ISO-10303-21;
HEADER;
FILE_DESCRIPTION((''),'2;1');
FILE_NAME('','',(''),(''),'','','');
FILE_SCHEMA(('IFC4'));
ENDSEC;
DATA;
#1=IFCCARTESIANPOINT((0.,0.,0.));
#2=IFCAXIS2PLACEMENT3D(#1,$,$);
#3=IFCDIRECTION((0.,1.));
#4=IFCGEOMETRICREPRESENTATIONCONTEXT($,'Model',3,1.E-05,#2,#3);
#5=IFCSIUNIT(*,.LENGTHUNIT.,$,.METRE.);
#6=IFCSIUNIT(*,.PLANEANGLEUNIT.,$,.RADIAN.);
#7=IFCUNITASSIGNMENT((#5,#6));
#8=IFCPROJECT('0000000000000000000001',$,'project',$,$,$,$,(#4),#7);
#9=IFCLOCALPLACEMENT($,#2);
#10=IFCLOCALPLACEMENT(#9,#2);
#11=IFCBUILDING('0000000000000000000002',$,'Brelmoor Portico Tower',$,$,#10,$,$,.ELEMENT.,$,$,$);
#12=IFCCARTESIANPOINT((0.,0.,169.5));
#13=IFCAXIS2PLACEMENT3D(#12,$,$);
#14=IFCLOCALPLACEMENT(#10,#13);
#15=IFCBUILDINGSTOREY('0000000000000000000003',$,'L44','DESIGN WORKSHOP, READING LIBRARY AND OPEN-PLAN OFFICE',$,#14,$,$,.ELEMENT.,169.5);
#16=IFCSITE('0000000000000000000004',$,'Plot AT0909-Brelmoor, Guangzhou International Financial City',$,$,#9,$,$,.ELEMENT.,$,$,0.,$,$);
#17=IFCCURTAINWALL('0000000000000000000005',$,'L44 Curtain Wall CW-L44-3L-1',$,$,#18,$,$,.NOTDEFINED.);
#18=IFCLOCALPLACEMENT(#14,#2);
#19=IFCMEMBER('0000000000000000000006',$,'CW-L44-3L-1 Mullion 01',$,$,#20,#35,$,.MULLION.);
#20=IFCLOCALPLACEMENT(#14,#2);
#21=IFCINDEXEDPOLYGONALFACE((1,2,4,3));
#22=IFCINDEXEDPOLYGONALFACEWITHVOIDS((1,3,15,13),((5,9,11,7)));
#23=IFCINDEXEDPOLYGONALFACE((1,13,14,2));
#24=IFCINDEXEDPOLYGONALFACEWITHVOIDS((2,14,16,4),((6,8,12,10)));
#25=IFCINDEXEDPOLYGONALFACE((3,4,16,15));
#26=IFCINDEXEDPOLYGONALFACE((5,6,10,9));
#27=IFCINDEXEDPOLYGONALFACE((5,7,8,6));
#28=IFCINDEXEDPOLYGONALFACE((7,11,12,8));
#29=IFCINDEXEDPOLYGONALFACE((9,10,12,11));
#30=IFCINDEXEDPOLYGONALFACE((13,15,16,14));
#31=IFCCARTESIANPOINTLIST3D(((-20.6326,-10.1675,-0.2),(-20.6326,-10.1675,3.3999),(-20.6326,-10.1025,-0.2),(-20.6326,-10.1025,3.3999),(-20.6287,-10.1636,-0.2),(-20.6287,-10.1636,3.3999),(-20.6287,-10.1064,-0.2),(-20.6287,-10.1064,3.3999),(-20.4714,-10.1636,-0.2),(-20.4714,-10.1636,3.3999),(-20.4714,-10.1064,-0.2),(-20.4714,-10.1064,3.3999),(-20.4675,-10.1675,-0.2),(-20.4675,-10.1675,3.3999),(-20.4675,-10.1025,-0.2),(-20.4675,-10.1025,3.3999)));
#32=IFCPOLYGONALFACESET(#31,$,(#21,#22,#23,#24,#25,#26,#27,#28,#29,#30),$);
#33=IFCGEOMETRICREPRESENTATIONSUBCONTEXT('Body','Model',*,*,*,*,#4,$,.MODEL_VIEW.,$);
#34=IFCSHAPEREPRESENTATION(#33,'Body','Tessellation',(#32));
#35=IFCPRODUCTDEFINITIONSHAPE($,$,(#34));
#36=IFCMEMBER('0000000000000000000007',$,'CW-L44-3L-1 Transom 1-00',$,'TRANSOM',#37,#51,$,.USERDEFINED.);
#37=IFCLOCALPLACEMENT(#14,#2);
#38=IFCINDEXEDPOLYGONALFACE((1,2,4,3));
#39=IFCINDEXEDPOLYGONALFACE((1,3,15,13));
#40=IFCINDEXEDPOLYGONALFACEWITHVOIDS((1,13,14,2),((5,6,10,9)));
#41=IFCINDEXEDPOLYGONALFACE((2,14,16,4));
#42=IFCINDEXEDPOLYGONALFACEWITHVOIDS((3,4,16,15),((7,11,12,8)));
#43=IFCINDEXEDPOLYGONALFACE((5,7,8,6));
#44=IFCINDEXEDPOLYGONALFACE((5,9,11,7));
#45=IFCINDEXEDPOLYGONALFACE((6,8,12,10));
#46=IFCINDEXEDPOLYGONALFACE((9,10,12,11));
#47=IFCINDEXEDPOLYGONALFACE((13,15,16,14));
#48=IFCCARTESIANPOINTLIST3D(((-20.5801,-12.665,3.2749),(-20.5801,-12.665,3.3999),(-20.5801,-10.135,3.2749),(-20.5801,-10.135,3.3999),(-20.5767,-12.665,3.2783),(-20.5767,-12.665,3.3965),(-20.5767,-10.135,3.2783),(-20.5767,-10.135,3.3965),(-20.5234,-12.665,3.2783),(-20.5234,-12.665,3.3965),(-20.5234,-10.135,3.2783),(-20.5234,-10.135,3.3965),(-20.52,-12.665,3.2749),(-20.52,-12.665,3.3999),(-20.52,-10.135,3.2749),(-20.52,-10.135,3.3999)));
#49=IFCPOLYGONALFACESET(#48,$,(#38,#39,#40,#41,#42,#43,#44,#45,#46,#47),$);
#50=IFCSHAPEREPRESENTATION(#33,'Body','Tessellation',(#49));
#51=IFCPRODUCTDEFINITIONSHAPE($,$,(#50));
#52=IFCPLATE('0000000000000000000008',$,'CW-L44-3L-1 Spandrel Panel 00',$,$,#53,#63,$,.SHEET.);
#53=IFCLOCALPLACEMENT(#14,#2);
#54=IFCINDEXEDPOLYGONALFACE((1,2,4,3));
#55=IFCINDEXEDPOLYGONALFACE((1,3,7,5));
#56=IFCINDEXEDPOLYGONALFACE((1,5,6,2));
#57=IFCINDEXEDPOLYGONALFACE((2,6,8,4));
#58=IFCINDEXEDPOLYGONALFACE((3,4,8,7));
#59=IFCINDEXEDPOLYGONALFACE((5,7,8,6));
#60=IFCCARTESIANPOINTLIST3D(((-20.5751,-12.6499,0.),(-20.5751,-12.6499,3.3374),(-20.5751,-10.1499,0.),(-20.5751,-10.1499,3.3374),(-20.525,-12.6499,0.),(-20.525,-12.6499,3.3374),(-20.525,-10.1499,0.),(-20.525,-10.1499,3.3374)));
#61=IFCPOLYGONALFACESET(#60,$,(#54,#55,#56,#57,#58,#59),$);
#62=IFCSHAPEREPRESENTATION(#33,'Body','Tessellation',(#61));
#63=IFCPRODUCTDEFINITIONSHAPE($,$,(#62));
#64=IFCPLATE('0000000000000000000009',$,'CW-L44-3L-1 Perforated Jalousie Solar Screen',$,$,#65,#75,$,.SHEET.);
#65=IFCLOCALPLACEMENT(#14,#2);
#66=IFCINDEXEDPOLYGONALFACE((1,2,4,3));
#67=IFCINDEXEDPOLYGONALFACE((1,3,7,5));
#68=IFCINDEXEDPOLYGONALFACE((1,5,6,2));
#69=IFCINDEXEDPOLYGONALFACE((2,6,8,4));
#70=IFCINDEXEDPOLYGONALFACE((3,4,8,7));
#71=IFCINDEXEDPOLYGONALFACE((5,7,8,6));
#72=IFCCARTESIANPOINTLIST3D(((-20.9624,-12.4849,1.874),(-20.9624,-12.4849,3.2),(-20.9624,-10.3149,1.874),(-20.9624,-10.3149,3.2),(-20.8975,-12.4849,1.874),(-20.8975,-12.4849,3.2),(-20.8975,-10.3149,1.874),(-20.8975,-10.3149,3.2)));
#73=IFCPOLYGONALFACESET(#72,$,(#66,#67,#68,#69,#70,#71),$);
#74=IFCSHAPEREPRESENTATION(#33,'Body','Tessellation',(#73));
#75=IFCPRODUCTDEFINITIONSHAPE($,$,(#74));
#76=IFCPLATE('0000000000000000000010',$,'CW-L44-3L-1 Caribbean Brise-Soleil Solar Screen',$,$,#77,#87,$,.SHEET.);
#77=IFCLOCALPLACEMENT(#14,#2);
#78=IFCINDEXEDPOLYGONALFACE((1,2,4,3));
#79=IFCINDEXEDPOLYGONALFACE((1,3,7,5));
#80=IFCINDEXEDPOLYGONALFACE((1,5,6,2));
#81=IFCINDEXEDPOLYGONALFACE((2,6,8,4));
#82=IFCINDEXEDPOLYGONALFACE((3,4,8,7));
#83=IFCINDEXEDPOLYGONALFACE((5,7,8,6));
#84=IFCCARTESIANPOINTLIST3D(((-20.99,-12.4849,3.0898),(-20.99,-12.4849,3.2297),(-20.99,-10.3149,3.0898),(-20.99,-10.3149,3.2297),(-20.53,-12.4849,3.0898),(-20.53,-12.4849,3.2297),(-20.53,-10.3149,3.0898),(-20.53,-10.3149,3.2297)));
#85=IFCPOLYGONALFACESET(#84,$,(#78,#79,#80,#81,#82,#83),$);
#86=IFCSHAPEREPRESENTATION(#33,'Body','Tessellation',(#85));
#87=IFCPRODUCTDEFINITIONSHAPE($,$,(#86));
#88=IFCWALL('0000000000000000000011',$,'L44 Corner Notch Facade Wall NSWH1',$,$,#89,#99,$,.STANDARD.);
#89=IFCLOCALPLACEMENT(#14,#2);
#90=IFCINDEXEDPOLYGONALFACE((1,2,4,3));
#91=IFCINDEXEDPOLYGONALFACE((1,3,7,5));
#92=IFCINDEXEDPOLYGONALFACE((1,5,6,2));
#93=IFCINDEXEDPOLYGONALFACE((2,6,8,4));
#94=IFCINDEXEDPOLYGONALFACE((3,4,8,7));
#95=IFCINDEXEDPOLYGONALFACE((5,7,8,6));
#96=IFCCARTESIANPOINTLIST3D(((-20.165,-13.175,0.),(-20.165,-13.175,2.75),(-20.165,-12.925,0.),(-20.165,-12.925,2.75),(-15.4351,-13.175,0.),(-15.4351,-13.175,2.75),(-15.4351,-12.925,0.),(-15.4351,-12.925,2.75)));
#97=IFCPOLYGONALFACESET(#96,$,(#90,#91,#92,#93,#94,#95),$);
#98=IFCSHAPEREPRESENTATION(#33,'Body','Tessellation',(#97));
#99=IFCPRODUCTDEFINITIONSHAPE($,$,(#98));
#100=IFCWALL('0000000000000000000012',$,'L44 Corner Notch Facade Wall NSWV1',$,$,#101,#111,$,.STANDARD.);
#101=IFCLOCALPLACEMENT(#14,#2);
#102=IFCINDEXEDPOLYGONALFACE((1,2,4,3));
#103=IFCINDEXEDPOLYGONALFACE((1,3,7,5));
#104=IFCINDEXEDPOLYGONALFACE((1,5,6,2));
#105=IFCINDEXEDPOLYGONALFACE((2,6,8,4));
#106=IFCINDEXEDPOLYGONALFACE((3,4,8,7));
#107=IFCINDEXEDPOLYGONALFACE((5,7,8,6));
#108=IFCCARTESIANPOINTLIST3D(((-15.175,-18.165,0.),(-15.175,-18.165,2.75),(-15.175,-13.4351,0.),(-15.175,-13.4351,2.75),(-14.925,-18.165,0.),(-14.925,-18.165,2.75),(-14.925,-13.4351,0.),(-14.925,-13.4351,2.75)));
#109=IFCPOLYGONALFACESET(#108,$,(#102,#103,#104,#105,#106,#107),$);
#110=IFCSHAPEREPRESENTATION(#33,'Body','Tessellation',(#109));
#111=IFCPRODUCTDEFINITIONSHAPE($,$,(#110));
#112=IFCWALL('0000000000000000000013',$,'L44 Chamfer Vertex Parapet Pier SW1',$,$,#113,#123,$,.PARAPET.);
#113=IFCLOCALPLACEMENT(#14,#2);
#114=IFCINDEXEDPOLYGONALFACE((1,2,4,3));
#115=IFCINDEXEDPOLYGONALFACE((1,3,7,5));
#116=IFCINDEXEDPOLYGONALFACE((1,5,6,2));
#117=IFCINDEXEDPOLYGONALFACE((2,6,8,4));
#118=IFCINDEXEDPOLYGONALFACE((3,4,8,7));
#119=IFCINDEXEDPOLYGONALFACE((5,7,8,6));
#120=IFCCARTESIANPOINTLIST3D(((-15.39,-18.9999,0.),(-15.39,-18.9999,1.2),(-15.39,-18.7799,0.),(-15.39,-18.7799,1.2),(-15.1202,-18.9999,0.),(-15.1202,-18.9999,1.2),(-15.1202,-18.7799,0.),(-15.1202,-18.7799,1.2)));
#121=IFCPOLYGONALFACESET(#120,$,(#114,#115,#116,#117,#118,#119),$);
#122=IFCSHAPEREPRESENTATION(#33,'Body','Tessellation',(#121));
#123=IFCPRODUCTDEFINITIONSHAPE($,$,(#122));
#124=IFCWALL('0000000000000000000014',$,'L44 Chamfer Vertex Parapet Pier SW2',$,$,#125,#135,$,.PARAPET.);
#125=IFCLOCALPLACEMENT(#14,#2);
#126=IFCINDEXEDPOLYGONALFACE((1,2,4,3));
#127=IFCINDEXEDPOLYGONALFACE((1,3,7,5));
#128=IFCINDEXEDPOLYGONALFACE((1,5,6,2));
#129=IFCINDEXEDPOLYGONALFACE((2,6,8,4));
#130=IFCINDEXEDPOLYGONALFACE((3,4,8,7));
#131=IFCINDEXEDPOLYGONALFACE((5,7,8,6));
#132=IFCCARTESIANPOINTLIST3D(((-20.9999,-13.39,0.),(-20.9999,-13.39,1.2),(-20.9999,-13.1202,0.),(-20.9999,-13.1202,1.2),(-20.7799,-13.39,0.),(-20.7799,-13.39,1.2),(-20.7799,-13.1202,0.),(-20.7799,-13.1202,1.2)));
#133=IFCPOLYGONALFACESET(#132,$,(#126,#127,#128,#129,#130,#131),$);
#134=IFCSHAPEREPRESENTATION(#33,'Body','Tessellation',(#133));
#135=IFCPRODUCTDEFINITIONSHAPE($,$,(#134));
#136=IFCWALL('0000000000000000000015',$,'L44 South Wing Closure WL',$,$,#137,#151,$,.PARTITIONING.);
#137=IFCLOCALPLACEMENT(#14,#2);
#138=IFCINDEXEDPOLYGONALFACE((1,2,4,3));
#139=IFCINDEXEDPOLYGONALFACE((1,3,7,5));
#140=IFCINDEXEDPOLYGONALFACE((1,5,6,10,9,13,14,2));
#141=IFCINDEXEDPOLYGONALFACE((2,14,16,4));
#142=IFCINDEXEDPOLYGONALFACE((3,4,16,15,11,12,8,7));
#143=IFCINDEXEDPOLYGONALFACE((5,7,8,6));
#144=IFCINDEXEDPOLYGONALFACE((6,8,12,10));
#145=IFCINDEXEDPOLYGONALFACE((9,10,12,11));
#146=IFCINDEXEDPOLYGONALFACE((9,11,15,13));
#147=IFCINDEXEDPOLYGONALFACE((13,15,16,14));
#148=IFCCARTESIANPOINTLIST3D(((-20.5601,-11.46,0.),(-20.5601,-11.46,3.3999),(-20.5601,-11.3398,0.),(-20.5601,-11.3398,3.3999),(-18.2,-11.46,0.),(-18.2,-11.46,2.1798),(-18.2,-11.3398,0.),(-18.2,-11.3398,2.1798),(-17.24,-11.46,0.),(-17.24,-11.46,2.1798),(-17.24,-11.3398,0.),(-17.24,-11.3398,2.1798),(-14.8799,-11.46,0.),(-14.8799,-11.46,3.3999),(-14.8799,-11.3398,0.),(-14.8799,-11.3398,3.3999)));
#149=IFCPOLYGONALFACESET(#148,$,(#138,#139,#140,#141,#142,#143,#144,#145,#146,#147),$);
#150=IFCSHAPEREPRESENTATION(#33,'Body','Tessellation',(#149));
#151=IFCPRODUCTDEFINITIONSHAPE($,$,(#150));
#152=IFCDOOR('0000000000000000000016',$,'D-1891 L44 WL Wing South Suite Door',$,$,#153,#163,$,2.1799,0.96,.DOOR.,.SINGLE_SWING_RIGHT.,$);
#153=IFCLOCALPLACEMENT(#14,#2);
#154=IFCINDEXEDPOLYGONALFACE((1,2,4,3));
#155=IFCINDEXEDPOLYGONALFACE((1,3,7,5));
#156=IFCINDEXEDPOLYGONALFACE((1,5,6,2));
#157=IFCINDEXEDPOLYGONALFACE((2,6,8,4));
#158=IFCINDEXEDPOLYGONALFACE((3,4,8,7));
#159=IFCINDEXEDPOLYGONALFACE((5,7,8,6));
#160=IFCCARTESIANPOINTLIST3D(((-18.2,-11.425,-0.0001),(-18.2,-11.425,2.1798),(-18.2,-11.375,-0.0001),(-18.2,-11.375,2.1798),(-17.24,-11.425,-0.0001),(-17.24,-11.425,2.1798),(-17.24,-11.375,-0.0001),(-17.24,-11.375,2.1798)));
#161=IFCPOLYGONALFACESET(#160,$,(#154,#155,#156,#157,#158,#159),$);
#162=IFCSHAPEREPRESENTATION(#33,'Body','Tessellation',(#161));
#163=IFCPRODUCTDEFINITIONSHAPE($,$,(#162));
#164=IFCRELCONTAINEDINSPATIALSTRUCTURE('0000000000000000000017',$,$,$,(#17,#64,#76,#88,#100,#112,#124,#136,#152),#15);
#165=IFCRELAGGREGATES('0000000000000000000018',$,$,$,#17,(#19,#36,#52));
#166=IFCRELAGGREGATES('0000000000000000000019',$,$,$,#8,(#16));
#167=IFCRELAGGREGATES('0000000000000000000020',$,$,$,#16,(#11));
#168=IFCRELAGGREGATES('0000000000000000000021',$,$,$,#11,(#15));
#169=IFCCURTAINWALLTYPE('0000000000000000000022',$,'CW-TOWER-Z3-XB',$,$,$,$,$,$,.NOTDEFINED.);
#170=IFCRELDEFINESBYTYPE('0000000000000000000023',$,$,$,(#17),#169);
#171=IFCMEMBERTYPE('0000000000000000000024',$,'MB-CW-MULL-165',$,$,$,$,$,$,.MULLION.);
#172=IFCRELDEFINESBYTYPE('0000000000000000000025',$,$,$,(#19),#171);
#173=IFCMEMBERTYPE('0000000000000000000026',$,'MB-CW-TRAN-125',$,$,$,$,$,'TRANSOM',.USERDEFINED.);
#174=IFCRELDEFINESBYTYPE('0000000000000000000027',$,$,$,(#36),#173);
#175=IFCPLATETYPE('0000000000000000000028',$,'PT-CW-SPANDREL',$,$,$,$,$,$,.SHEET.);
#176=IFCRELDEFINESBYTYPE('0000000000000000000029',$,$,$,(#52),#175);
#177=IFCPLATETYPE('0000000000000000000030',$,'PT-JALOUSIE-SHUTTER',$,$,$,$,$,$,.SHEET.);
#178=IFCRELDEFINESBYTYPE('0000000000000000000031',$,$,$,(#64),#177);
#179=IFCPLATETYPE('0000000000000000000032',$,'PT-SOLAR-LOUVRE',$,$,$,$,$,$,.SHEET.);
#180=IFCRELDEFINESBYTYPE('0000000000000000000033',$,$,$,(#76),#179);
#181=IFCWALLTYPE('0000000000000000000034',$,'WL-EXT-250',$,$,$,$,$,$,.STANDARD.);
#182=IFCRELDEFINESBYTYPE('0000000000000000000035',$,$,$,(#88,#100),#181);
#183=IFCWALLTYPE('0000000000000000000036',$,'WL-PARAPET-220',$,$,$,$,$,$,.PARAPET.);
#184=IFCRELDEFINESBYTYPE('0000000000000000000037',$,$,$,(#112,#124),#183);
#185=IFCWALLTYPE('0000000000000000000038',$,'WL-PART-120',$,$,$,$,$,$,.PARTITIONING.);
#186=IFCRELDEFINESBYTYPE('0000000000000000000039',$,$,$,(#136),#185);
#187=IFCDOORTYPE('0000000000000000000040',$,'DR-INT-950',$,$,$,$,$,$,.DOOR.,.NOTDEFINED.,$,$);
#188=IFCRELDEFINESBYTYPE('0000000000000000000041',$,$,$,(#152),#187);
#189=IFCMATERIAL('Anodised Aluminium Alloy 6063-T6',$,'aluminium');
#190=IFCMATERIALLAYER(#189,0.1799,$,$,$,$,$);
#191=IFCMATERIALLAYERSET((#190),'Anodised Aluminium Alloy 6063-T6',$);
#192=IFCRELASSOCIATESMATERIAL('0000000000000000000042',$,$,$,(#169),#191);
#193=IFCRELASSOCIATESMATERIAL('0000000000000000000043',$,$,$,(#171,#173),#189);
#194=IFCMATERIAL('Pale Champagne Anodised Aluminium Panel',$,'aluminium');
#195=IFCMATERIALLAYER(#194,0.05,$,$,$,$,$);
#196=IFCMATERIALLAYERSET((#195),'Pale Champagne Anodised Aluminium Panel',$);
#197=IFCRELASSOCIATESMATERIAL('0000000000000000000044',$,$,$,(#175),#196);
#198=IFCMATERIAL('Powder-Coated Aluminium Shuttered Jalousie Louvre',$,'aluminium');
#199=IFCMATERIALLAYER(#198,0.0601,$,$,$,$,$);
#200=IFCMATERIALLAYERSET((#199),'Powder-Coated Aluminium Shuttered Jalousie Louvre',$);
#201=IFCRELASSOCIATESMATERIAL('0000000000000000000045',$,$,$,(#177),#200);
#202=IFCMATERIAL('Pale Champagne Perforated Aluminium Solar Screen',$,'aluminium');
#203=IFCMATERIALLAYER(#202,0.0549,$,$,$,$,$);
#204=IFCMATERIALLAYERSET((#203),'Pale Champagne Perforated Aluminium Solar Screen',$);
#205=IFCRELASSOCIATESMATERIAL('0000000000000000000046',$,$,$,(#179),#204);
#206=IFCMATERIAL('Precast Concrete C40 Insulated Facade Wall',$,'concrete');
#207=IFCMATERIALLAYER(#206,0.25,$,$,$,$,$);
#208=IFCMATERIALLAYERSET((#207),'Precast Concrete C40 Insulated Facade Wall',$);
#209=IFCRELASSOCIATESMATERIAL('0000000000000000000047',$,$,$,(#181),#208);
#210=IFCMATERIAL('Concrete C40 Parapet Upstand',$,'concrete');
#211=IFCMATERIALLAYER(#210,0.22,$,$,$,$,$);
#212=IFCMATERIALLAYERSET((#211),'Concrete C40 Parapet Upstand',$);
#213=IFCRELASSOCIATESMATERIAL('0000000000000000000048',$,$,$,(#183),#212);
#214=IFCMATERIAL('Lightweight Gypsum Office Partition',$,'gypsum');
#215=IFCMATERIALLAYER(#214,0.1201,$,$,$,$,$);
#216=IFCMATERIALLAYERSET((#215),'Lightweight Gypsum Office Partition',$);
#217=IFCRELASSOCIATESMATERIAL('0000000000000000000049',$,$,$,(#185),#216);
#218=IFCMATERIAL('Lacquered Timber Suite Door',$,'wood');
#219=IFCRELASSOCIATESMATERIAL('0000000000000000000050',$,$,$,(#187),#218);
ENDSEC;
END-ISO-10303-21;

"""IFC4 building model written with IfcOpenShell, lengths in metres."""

from ifc_helpers import new_model, si_unit, direction, frame, frame_2d, origin, origin_2d, place, context, subcontext, project, spatial, rectangle, hollow_rectangle, extrude, material, layer, layer_set, material_profile, profile_set, type_object, element, fill, aggregate, save


model = new_model("IFC4")

# Units and contexts
model_context = context("Model", 3, precision=1e-05, world=origin(), true_north=direction((0.0, 1.0)))
body_context = subcontext(model_context, "Body", "Model", "MODEL_VIEW")
ifc_project = project(units=[si_unit("LENGTHUNIT", "METRE"), si_unit("PLANEANGLEUNIT", "RADIAN")], contexts=[model_context])

# Site, building, storey
site_placement = place(None, origin())
site = spatial("IfcSite", under=ifc_project, at=site_placement, Name="Plot AT0909-Brelmoor, Guangzhou International Financial City", CompositionType="ELEMENT", RefElevation=0.0)
building_placement = place(site_placement, origin())
building = spatial("IfcBuilding", under=site, at=building_placement, Name="Brelmoor Portico Tower", CompositionType="ELEMENT")
storey_placement = place(building_placement, frame((0.0, 0.0, 169.5)))
storey = spatial("IfcBuildingStorey", under=building, at=storey_placement, Name="L44", Description="DESIGN WORKSHOP, READING LIBRARY AND OPEN-PLAN OFFICE", CompositionType="ELEMENT", Elevation=169.5)

# Shared definitions
ifc_material_1 = material(Name="Anodised Aluminium Alloy 6063-T6", Category="aluminium")
ifc_layer_1 = layer(ifc_material_1, 0.1799)
ifc_layer_set_1 = layer_set([ifc_layer_1], Name="Anodised Aluminium Alloy 6063-T6")
curtain_wall_type = type_object("IfcCurtainWallType", Name="CW-TOWER-Z3-XB", PredefinedType="NOTDEFINED", material=ifc_layer_set_1)
ifc_material_profile_1 = material_profile(ifc_material_1, hollow_rectangle(XDim=0.0649, YDim=0.165, WallThickness=0.0039, at=origin_2d()), Name="ALU MULLION 65x165")
ifc_profile_set_1 = profile_set([ifc_material_profile_1], Name="Anodised Aluminium Alloy 6063-T6")
member_type_1 = type_object("IfcMemberType", Name="MB-CW-MULL-165", PredefinedType="MULLION", material=ifc_profile_set_1)

# Curtain wall, members, plate
curtain_wall_1_placement = place(storey_placement, origin())
curtain_wall_1 = element("IfcCurtainWall", 1, at=curtain_wall_1_placement, inside=storey, type_object=curtain_wall_type, Name="L44 Curtain Wall CW-L44-3L-1", PredefinedType="NOTDEFINED")
member_1_placement = place(storey_placement, frame((-20.55, -10.135, -0.2), z_axis=(0.0, 0.0, 1.0), x_axis=(0.0, 1.0, 0.0)))
member_1 = element("IfcMember", 2, at=member_1_placement, type_object=member_type_1, Name="CW-L44-3L-1 Mullion 01", PredefinedType="MULLION", context=body_context, shape_type="SweptSolid", body=[
    extrude(hollow_rectangle(XDim=0.0649, YDim=0.165, WallThickness=0.0039, at=origin_2d()), origin(), (0.0, 0.0, 1.0), 3.5999),
])
ifc_material_profile_2 = material_profile(ifc_material_1, hollow_rectangle(XDim=0.0601, YDim=0.125, WallThickness=0.0034, at=origin_2d()), Name="ALU TRANSOM 60x125")
ifc_profile_set_2 = profile_set([ifc_material_profile_2], Name="Anodised Aluminium Alloy 6063-T6")
member_type_2 = type_object("IfcMemberType", Name="MB-CW-TRAN-125", ElementType="TRANSOM", PredefinedType="USERDEFINED", material=ifc_profile_set_2)
member_2_placement = place(storey_placement, frame((-20.55, -12.665, 3.3374), z_axis=(0.0, 1.0, 0.0), x_axis=(-1.0, 0.0, 0.0)))
member_2 = element("IfcMember", 3, at=member_2_placement, type_object=member_type_2, Name="CW-L44-3L-1 Transom 1-00", ObjectType="TRANSOM", PredefinedType="USERDEFINED", context=body_context, shape_type="SweptSolid", body=[
    extrude(hollow_rectangle(XDim=0.0601, YDim=0.125, WallThickness=0.0034, at=origin_2d()), origin(), (0.0, 0.0, 1.0), 2.53),
])
ifc_material_2 = material(Name="Pale Champagne Anodised Aluminium Panel", Category="aluminium")
ifc_layer_2 = layer(ifc_material_2, 0.05)
ifc_layer_set_2 = layer_set([ifc_layer_2], Name="Pale Champagne Anodised Aluminium Panel")
plate_type_1 = type_object("IfcPlateType", Name="PT-CW-SPANDREL", PredefinedType="SHEET", material=ifc_layer_set_2)
plate_1_placement = place(storey_placement, frame((-20.55, -11.3999, 0.0), z_axis=(0.0, 0.0, 1.0), x_axis=(0.0, 1.0, 0.0)))
plate_1 = element("IfcPlate", 4, at=plate_1_placement, type_object=plate_type_1, Name="CW-L44-3L-1 Spandrel Panel 00", PredefinedType="SHEET", context=body_context, shape_type="SweptSolid", body=[
    extrude(rectangle(XDim=2.5, YDim=0.05, at=origin_2d()), origin(), (0.0, 0.0, 1.0), 3.3374),
])
aggregate(curtain_wall_1, [member_1, member_2, plate_1])

# Plates
ifc_material_3 = material(Name="Powder-Coated Aluminium Shuttered Jalousie Louvre", Category="aluminium")
ifc_layer_3 = layer(ifc_material_3, 0.0601)
ifc_layer_set_3 = layer_set([ifc_layer_3], Name="Powder-Coated Aluminium Shuttered Jalousie Louvre")
plate_type_2 = type_object("IfcPlateType", Name="PT-JALOUSIE-SHUTTER", PredefinedType="SHEET", material=ifc_layer_set_3)
plate_2_placement = place(storey_placement, frame((-20.9299, -11.3999, 1.874), z_axis=(0.0, 0.0, 1.0), x_axis=(0.0, 1.0, 0.0)))
element("IfcPlate", 5, at=plate_2_placement, inside=storey, type_object=plate_type_2, Name="CW-L44-3L-1 Perforated Jalousie Solar Screen", PredefinedType="SHEET", context=body_context, shape_type="SweptSolid", body=[
    extrude(rectangle(XDim=2.1699, YDim=0.0649, at=origin_2d()), origin(), (0.0, 0.0, 1.0), 1.3259),
])
ifc_material_4 = material(Name="Pale Champagne Perforated Aluminium Solar Screen", Category="aluminium")
ifc_layer_4 = layer(ifc_material_4, 0.0549)
ifc_layer_set_4 = layer_set([ifc_layer_4], Name="Pale Champagne Perforated Aluminium Solar Screen")
plate_type_3 = type_object("IfcPlateType", Name="PT-SOLAR-LOUVRE", PredefinedType="SHEET", material=ifc_layer_set_4)
plate_3_placement = place(storey_placement, frame((-20.76, -11.3999, 3.0898), z_axis=(0.0, 0.0, 1.0), x_axis=(0.0, 1.0, 0.0)))
element("IfcPlate", 6, at=plate_3_placement, inside=storey, type_object=plate_type_3, Name="CW-L44-3L-1 Caribbean Brise-Soleil Solar Screen", PredefinedType="SHEET", context=body_context, shape_type="SweptSolid", body=[
    extrude(rectangle(XDim=2.1699, YDim=0.46, at=origin_2d()), origin(), (0.0, 0.0, 1.0), 0.1399),
])

# Walls
ifc_material_5 = material(Name="Precast Concrete C40 Insulated Facade Wall", Category="concrete")
ifc_layer_5 = layer(ifc_material_5, 0.25)
ifc_layer_set_5 = layer_set([ifc_layer_5], Name="Precast Concrete C40 Insulated Facade Wall")
wall_type_1 = type_object("IfcWallType", Name="WL-EXT-250", PredefinedType="STANDARD", material=ifc_layer_set_5)
for number, where, z_axis, x_axis, name in (
    (7, (-20.165, -13.05, 0.0), (0.0, 0.0, 1.0), (1.0, 0.0, 0.0), "L44 Corner Notch Facade Wall NSWH1"),
    (8, (-15.05, -18.165, 0.0), (0.0, 0.0, 1.0), (0.0, 1.0, 0.0), "L44 Corner Notch Facade Wall NSWV1"),
):
    element("IfcWall", number, at=place(storey_placement, frame(where, z_axis=z_axis, x_axis=x_axis)), inside=storey, type_object=wall_type_1, Name=name, PredefinedType="STANDARD", context=body_context, shape_type="SweptSolid", body=[
        extrude(rectangle(XDim=4.73, YDim=0.25, at=frame_2d((2.365, 0.0))), origin(), (0.0, 0.0, 1.0), 2.75),
    ])
ifc_material_6 = material(Name="Concrete C40 Parapet Upstand", Category="concrete")
ifc_layer_6 = layer(ifc_material_6, 0.22)
ifc_layer_set_6 = layer_set([ifc_layer_6], Name="Concrete C40 Parapet Upstand")
wall_type_2 = type_object("IfcWallType", Name="WL-PARAPET-220", PredefinedType="PARAPET", material=ifc_layer_set_6)
for number, where, z_axis, x_axis, name in (
    (9, (-15.3899, -18.8899, 0.0), (0.0, 0.0, 1.0), (1.0, 0.0, 0.0), "L44 Chamfer Vertex Parapet Pier SW1"),
    (10, (-20.8899, -13.3899, 0.0), (0.0, 0.0, 1.0), (0.0, 1.0, 0.0), "L44 Chamfer Vertex Parapet Pier SW2"),
):
    element("IfcWall", number, at=place(storey_placement, frame(where, z_axis=z_axis, x_axis=x_axis)), inside=storey, type_object=wall_type_2, Name=name, PredefinedType="PARAPET", context=body_context, shape_type="SweptSolid", body=[
        extrude(rectangle(XDim=0.2698, YDim=0.22, at=frame_2d((0.1348, 0.0))), origin(), (0.0, 0.0, 1.0), 1.2),
    ])

# Wall, opening, door
ifc_material_7 = material(Name="Lightweight Gypsum Office Partition", Category="gypsum")
ifc_layer_7 = layer(ifc_material_7, 0.1201)
ifc_layer_set_7 = layer_set([ifc_layer_7], Name="Lightweight Gypsum Office Partition")
wall_type_3 = type_object("IfcWallType", Name="WL-PART-120", PredefinedType="PARTITIONING", material=ifc_layer_set_7)
wall_placement = place(storey_placement, frame((-20.5601, -11.3999, 0.0), z_axis=(0.0, 0.0, 1.0), x_axis=(1.0, 0.0, 0.0)))
wall = element("IfcWall", 11, at=wall_placement, inside=storey, type_object=wall_type_3, Name="L44 South Wing Closure WL", PredefinedType="PARTITIONING", context=body_context, shape_type="SweptSolid", body=[
    extrude(rectangle(XDim=5.6802, YDim=0.1201, at=frame_2d((2.8401, 0.0))), origin(), (0.0, 0.0, 1.0), 3.3999),
])
opening_placement = place(wall_placement, frame((2.3601, 0.0, 0.0)))
opening = element("IfcOpeningElement", 12, at=opening_placement, cuts=wall, PredefinedType="OPENING", context=body_context, shape_type="SweptSolid", body=[
    extrude(rectangle(XDim=0.96, YDim=2.1799, at=frame_2d((0.48, 1.0898))), frame((0.0, 0.0701, 0.0), z_axis=(0.0, -1.0, 0.0), x_axis=(1.0, 0.0, 0.0)), (0.0, 0.0, 1.0), 0.1401),
])
ifc_material_8 = material(Name="Lacquered Timber Suite Door", Category="wood")
door_type = type_object("IfcDoorType", Name="DR-INT-950", OperationType="NOTDEFINED", PredefinedType="DOOR", material=ifc_material_8)
door_placement = place(opening_placement, origin())
door = element("IfcDoor", 13, at=door_placement, inside=storey, type_object=door_type, Name="D-1891 L44 WL Wing South Suite Door", OperationType="SINGLE_SWING_RIGHT", OverallHeight=2.1799, OverallWidth=0.96, PredefinedType="DOOR", context=body_context, shape_type="SweptSolid", body=[
    extrude(rectangle(XDim=0.96, YDim=2.1799, at=frame_2d((0.48, 1.0898))), frame((0.0, 0.0249, 0.0), z_axis=(0.0, -1.0, 0.0), x_axis=(1.0, 0.0, 0.0)), (0.0, 0.0, 1.0), 0.05),
])
fill(opening, door)

save(model, "model.ifc")
